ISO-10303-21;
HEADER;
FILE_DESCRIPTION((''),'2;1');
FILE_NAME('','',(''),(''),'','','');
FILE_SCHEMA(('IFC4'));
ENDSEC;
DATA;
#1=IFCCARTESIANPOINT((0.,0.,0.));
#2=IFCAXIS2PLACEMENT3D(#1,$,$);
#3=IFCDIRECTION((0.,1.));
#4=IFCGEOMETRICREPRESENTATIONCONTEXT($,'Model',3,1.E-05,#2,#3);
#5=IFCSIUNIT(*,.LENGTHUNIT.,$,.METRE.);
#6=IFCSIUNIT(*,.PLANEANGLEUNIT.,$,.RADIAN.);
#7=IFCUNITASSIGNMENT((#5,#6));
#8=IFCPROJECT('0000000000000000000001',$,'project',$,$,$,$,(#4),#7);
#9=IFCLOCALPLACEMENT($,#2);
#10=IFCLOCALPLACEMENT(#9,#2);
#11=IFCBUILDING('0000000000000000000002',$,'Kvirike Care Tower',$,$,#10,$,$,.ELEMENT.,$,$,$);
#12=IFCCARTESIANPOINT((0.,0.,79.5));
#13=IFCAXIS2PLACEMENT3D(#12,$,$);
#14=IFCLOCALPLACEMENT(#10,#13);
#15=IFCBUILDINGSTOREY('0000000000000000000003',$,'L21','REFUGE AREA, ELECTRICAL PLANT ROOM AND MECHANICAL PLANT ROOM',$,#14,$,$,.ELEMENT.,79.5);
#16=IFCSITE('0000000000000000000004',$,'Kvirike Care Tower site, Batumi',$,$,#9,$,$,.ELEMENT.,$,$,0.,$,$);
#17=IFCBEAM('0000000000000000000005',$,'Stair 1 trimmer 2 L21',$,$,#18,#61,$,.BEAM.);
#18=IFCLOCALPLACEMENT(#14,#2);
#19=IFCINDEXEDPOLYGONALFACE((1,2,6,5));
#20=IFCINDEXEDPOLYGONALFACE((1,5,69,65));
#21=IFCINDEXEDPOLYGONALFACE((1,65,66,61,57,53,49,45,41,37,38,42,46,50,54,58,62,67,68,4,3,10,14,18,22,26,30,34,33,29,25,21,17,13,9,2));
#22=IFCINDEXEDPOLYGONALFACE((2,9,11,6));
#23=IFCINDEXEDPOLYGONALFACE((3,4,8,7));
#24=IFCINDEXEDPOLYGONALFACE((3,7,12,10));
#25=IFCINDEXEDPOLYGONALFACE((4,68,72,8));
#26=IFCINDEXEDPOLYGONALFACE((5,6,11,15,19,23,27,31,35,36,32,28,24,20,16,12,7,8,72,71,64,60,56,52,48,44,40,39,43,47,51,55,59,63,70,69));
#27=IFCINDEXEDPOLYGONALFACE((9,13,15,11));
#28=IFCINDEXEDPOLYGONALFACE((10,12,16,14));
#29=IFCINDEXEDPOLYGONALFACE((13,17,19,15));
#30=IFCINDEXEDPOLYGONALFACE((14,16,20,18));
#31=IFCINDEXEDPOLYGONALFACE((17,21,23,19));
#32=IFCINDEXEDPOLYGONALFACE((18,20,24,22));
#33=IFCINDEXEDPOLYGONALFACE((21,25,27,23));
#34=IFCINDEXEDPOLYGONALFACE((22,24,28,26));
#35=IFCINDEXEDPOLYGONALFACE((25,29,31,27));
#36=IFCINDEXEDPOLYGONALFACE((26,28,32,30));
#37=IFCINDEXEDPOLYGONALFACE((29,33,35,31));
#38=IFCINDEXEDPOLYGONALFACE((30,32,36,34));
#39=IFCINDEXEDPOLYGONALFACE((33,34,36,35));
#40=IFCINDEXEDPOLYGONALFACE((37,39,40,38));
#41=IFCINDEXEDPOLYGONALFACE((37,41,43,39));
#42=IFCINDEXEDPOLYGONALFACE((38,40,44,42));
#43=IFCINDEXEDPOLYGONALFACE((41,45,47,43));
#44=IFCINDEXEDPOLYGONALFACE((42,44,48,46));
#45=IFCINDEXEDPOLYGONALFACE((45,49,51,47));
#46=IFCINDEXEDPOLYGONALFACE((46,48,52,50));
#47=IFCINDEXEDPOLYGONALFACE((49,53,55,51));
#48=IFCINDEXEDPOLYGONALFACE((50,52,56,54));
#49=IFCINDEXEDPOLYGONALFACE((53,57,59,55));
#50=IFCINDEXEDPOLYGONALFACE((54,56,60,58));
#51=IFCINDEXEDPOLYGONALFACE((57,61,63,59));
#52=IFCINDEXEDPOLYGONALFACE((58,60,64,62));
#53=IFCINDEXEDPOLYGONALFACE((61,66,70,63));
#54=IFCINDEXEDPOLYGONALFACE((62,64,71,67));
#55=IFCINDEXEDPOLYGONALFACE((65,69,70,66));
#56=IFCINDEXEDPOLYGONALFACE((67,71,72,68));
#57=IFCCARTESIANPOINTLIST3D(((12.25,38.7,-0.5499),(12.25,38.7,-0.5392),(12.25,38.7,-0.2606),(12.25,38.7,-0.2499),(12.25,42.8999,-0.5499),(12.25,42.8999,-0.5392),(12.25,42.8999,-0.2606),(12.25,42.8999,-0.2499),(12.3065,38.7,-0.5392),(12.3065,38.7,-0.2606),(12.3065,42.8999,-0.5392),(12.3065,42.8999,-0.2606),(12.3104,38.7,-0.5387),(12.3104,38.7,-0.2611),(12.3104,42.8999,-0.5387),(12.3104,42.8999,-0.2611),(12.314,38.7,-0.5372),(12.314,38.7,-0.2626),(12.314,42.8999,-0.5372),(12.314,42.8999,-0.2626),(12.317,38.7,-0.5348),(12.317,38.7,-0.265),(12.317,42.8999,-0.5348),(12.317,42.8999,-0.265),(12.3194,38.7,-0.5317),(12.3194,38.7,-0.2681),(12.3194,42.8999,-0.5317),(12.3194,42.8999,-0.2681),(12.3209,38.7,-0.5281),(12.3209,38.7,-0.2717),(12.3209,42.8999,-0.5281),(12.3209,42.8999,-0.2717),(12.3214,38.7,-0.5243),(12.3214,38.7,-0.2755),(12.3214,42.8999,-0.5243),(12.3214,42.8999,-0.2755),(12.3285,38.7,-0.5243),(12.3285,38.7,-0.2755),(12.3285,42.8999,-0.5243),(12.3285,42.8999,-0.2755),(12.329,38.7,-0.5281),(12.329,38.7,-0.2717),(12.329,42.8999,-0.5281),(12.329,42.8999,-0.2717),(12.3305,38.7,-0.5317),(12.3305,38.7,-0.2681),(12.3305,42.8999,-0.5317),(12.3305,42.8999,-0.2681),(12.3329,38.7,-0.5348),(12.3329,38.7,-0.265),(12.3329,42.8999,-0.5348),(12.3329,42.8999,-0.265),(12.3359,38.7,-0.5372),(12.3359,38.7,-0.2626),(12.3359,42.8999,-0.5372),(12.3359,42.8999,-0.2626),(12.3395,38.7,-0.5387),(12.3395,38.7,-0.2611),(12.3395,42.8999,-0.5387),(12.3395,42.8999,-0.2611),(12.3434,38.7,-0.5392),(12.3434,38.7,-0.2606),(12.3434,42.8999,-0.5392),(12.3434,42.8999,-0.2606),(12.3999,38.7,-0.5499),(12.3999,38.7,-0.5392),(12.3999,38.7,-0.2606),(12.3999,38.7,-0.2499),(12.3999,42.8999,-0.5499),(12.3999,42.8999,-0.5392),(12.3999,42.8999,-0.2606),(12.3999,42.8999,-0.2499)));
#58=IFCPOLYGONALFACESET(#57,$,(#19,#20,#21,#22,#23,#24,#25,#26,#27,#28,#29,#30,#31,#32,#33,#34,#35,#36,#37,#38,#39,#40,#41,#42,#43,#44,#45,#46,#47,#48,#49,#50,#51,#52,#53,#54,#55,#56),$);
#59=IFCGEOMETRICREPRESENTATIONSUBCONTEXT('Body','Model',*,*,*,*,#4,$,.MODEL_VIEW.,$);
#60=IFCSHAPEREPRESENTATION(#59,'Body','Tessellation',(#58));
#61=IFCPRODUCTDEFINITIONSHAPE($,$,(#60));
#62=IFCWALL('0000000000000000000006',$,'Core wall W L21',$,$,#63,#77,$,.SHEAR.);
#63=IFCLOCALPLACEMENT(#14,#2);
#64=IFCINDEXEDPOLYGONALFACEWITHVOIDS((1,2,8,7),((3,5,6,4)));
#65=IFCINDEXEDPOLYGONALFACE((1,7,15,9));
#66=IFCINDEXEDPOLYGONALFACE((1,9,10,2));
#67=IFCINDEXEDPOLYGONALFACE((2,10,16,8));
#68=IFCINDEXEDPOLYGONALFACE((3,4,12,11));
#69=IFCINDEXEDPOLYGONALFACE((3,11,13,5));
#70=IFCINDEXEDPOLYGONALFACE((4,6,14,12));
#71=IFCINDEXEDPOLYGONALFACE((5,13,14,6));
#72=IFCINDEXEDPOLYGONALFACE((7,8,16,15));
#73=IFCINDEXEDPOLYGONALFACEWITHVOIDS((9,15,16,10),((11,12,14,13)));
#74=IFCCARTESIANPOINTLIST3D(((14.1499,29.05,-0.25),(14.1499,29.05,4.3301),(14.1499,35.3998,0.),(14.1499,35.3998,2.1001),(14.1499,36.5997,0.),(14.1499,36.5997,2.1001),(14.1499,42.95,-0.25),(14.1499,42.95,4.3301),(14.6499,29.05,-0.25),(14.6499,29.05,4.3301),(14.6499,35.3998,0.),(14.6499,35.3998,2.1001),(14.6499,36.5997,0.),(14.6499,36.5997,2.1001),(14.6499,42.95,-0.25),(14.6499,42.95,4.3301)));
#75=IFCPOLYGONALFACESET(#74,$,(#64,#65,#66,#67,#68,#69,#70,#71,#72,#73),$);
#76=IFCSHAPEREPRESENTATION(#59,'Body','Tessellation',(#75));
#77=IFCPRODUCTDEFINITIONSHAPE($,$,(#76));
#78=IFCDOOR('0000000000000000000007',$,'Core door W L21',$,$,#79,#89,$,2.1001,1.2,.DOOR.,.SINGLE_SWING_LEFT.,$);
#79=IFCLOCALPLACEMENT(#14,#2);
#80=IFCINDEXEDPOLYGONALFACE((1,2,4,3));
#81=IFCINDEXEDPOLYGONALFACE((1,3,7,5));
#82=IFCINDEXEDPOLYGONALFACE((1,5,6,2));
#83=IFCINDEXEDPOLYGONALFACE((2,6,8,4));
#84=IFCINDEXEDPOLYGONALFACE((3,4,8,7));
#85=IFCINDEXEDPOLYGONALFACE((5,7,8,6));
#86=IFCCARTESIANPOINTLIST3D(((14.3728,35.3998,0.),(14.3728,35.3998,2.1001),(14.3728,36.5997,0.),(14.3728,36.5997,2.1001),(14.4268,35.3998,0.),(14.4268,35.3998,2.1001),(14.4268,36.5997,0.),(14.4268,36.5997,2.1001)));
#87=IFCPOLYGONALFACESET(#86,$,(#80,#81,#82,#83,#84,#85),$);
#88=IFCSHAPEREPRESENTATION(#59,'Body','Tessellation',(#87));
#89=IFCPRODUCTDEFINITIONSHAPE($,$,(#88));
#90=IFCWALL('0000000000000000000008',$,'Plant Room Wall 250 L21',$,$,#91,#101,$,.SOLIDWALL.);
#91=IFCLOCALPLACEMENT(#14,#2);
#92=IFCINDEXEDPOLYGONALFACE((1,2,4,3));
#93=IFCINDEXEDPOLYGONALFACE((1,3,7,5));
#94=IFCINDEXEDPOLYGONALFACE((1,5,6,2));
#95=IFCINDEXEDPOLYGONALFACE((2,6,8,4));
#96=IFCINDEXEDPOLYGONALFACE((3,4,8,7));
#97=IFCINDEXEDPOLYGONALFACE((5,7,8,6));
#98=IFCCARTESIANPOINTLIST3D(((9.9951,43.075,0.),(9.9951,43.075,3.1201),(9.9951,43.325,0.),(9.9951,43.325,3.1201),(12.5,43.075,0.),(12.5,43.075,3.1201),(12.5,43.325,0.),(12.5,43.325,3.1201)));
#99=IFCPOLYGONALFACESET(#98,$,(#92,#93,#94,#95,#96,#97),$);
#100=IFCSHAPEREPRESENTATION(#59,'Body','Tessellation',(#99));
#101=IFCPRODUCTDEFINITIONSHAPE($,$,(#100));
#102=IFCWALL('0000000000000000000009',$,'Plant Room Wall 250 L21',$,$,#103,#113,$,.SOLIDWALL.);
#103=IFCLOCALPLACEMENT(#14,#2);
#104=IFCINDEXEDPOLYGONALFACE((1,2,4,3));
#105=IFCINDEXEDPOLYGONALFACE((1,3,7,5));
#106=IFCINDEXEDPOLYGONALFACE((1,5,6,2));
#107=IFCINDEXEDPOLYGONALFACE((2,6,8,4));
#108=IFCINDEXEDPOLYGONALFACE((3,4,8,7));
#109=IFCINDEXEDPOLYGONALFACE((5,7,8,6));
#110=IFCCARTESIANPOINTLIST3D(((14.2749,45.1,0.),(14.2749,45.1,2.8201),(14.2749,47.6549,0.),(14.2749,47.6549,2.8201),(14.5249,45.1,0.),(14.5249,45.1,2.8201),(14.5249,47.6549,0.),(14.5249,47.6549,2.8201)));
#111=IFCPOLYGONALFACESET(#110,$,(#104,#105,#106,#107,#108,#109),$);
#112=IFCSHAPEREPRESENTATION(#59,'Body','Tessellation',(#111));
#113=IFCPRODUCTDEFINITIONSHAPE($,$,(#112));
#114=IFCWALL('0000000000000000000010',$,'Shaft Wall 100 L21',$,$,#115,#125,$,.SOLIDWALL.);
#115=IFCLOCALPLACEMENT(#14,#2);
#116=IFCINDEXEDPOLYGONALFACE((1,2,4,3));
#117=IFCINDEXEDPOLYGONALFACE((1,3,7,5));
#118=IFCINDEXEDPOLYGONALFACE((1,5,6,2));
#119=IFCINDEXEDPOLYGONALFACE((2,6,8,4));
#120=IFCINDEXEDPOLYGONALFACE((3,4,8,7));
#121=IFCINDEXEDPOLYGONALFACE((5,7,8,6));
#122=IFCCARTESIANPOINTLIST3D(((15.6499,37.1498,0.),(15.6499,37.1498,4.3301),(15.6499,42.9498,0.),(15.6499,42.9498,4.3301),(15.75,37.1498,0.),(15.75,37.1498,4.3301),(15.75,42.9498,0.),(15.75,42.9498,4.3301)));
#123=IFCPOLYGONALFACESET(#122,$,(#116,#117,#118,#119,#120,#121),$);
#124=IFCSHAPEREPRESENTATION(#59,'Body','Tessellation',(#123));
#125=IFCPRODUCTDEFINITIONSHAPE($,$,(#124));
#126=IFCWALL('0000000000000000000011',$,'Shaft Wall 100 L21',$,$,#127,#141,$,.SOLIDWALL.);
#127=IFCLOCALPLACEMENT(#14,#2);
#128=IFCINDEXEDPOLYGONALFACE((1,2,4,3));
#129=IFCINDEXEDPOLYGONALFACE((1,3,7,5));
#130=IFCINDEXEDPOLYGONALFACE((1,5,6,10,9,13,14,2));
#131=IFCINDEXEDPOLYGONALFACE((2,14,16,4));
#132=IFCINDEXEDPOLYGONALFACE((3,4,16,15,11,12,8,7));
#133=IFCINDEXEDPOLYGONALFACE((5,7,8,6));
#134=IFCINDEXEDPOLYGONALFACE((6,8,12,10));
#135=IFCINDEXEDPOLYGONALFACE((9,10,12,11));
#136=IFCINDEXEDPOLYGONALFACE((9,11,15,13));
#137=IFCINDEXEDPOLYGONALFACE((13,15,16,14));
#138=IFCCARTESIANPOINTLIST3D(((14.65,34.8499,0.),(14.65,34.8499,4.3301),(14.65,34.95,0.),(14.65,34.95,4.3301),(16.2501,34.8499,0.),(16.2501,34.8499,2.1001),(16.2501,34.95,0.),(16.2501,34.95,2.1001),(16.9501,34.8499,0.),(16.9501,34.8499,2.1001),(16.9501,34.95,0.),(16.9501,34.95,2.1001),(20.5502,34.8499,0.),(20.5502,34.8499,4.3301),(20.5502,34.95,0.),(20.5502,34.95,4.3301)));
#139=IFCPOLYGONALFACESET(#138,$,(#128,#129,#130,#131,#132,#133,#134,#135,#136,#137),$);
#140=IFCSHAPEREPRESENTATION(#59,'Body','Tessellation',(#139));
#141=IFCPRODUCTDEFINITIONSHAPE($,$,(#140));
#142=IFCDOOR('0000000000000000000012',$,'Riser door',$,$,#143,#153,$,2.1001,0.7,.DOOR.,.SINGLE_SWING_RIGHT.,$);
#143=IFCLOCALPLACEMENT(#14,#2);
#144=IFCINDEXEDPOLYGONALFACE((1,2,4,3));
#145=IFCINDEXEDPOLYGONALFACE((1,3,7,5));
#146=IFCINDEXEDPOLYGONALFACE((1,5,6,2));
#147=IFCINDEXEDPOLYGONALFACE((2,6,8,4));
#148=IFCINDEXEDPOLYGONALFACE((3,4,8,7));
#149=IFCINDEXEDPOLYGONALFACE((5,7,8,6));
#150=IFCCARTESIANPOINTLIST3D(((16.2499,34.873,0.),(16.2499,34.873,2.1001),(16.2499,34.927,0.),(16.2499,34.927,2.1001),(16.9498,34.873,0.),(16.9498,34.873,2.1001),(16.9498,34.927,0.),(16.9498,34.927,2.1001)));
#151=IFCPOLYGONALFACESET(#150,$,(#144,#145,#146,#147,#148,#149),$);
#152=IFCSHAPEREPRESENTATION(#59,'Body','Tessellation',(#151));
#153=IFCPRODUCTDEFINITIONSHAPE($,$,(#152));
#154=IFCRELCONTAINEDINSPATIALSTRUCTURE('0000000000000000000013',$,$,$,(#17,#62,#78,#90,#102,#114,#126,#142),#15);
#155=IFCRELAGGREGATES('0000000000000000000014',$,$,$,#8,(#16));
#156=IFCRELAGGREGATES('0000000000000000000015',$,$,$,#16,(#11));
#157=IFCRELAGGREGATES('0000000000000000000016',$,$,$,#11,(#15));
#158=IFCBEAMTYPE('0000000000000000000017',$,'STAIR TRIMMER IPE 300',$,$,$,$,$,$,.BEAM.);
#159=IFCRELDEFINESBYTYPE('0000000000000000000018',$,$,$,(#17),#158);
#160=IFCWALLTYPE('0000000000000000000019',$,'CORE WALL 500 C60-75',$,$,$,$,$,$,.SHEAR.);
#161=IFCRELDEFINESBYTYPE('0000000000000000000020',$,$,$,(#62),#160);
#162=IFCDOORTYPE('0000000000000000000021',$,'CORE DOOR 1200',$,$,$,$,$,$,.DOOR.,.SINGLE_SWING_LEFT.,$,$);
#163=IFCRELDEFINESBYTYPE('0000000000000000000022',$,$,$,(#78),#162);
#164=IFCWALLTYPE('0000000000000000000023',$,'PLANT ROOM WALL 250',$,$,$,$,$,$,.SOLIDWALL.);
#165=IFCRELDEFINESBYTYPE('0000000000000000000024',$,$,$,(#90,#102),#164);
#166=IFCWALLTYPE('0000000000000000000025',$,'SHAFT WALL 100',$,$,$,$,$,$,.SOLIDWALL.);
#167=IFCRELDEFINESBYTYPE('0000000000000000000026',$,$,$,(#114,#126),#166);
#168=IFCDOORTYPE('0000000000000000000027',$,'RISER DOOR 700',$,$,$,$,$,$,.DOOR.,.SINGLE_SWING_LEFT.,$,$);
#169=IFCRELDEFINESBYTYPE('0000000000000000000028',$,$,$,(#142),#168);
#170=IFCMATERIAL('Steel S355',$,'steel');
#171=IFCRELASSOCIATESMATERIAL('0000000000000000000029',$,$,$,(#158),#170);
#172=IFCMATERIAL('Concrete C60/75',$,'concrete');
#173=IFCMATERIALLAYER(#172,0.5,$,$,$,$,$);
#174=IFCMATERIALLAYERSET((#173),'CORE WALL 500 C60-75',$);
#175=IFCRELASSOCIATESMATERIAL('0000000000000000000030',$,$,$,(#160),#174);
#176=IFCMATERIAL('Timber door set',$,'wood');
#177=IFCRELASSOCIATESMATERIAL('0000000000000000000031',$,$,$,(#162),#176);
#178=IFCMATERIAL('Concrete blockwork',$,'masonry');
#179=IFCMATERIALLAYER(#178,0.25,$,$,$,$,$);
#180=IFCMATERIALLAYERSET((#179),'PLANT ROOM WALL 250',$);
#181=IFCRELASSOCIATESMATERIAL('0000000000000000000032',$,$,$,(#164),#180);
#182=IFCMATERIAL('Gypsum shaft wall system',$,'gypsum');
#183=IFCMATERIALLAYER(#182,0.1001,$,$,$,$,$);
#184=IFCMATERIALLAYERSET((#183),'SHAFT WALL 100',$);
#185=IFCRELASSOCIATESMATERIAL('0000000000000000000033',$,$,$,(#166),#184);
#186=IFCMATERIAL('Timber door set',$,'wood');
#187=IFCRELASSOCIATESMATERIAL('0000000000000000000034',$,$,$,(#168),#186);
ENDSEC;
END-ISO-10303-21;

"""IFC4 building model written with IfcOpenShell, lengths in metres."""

from ifc_helpers import new_model, si_unit, direction, frame, frame_2d, origin, origin_2d, place, context, subcontext, project, spatial, rectangle, i_section, extrude, material, layer, layer_set, material_profile, profile_set, type_object, element, fill, save


model = new_model("IFC4")

# Units and contexts
model_context = context("Model", 3, precision=1e-05, world=origin(), true_north=direction((0.0, 1.0)))
body_context = subcontext(model_context, "Body", "Model", "MODEL_VIEW")
ifc_project = project(units=[si_unit("LENGTHUNIT", "METRE"), si_unit("PLANEANGLEUNIT", "RADIAN")], contexts=[model_context])

# Site, building, storey
site_placement = place(None, origin())
site = spatial("IfcSite", under=ifc_project, at=site_placement, Name="Kvirike Care Tower site, Batumi", CompositionType="ELEMENT", RefElevation=0.0)
building_placement = place(site_placement, origin())
building = spatial("IfcBuilding", under=site, at=building_placement, Name="Kvirike Care Tower", CompositionType="ELEMENT")
storey_placement = place(building_placement, frame((0.0, 0.0, 79.5)))
storey = spatial("IfcBuildingStorey", under=building, at=storey_placement, Name="L21", Description="REFUGE AREA, ELECTRICAL PLANT ROOM AND MECHANICAL PLANT ROOM", CompositionType="ELEMENT", Elevation=79.5)

# Beam
ifc_material_1 = material(Name="Steel S355", Category="steel")
ifc_material_profile_1 = material_profile(ifc_material_1, i_section(OverallWidth=0.1499, OverallDepth=0.3, WebThickness=0.0071, FlangeThickness=0.0107, FilletRadius=0.0149, at=origin_2d()), Name="IPE 300")
ifc_profile_set_1 = profile_set([ifc_material_profile_1], Name="Steel S355")
beam_type_1 = type_object("IfcBeamType", Name="STAIR TRIMMER IPE 300", PredefinedType="BEAM", material=ifc_profile_set_1)
for number, where, z_axis, x_axis, name in (
    (1, (12.325, 42.8999, -0.3999), (0.0, -1.0, 0.0), (1.0, 0.0, 0.0), "Stair 1 trimmer 2 L21"),
):
    element("IfcBeam", number, at=place(storey_placement, frame(where, z_axis=z_axis, x_axis=x_axis)), inside=storey, type_object=beam_type_1, Name=name, PredefinedType="BEAM", context=body_context, shape_type="SweptSolid", body=[
        extrude(i_section(OverallWidth=0.1499, OverallDepth=0.3, WebThickness=0.0071, FlangeThickness=0.0107, FilletRadius=0.0149, at=origin_2d()), origin(), (0.0, 0.0, 1.0), 4.2),
    ])

# Wall, opening, door
ifc_material_2 = material(Name="Concrete C60/75", Category="concrete")
ifc_layer_1 = layer(ifc_material_2, 0.5)
ifc_layer_set_1 = layer_set([ifc_layer_1], Name="CORE WALL 500 C60-75")
wall_type_1 = type_object("IfcWallType", Name="CORE WALL 500 C60-75", PredefinedType="SHEAR", material=ifc_layer_set_1)
wall_1_placement = place(storey_placement, frame((14.3999, 42.95, -0.25), z_axis=(0.0, 0.0, 1.0), x_axis=(0.0, -1.0, 0.0)))
wall_1 = element("IfcWall", 2, at=wall_1_placement, inside=storey, type_object=wall_type_1, Name="Core wall W L21", PredefinedType="SHEAR", context=body_context, shape_type="SweptSolid", body=[
    extrude(rectangle(XDim=13.8999, YDim=0.5, at=frame_2d((6.95, 0.0))), origin(), (0.0, 0.0, 1.0), 4.5801),
])
opening_1_placement = place(wall_1_placement, frame((6.3501, 0.0, 0.25)))
opening_1 = element("IfcOpeningElement", 3, at=opening_1_placement, cuts=wall_1, PredefinedType="OPENING", context=body_context, shape_type="SweptSolid", body=[
    extrude(rectangle(XDim=1.2, YDim=2.1001, at=frame_2d((0.6001, 1.05))), frame((0.0, 0.2605, 0.0), z_axis=(0.0, -1.0, 0.0), x_axis=(1.0, 0.0, 0.0)), (0.0, 0.0, 1.0), 0.521),
])
ifc_material_3 = material(Name="Timber door set", Category="wood")
door_type_1 = type_object("IfcDoorType", Name="CORE DOOR 1200", OperationType="SINGLE_SWING_LEFT", PredefinedType="DOOR", material=ifc_material_3)
door_1_placement = place(opening_1_placement, origin())
door_1 = element("IfcDoor", 4, at=door_1_placement, inside=storey, type_object=door_type_1, Name="Core door W L21", OperationType="SINGLE_SWING_LEFT", OverallHeight=2.1001, OverallWidth=1.2, PredefinedType="DOOR", context=body_context, shape_type="SweptSolid", body=[
    extrude(rectangle(XDim=1.2, YDim=2.1001, at=frame_2d((0.6001, 1.05))), frame((0.0, 0.0269, 0.0), z_axis=(0.0, -1.0, 0.0), x_axis=(1.0, 0.0, 0.0)), (0.0, 0.0, 1.0), 0.054),
])
fill(opening_1, door_1)
ifc_material_4 = material(Name="Concrete blockwork", Category="masonry")
ifc_layer_2 = layer(ifc_material_4, 0.25)
ifc_layer_set_2 = layer_set([ifc_layer_2], Name="PLANT ROOM WALL 250")
wall_type_2 = type_object("IfcWallType", Name="PLANT ROOM WALL 250", PredefinedType="SOLIDWALL", material=ifc_layer_set_2)

# Walls
wall_2_placement = place(storey_placement, frame((12.5, 43.2, 0.0), z_axis=(0.0, 0.0, 1.0), x_axis=(-1.0, 0.0, 0.0)))
element("IfcWall", 5, at=wall_2_placement, inside=storey, type_object=wall_type_2, Name="Plant Room Wall 250 L21", PredefinedType="SOLIDWALL", context=body_context, shape_type="SweptSolid", body=[
    extrude(rectangle(XDim=2.5049, YDim=0.25, at=frame_2d((1.2524, 0.0))), origin(), (0.0, 0.0, 1.0), 3.1201),
])
wall_3_placement = place(storey_placement, frame((14.3999, 45.1001, 0.0), z_axis=(0.0, 0.0, 1.0), x_axis=(0.0, 1.0, 0.0)))
element("IfcWall", 6, at=wall_3_placement, inside=storey, type_object=wall_type_2, Name="Plant Room Wall 250 L21", PredefinedType="SOLIDWALL", context=body_context, shape_type="SweptSolid", body=[
    extrude(rectangle(XDim=2.5549, YDim=0.25, at=frame_2d((1.2773, 0.0))), origin(), (0.0, 0.0, 1.0), 2.8201),
])
ifc_material_5 = material(Name="Gypsum shaft wall system", Category="gypsum")
ifc_layer_3 = layer(ifc_material_5, 0.1001)
ifc_layer_set_3 = layer_set([ifc_layer_3], Name="SHAFT WALL 100")
wall_type_3 = type_object("IfcWallType", Name="SHAFT WALL 100", PredefinedType="SOLIDWALL", material=ifc_layer_set_3)
wall_4_placement = place(storey_placement, frame((15.7, 37.1499, 0.0), z_axis=(0.0, 0.0, 1.0), x_axis=(0.0, 1.0, 0.0)))
element("IfcWall", 7, at=wall_4_placement, inside=storey, type_object=wall_type_3, Name="Shaft Wall 100 L21", PredefinedType="SOLIDWALL", context=body_context, shape_type="SweptSolid", body=[
    extrude(rectangle(XDim=5.8, YDim=0.1001, at=frame_2d((2.8999, 0.0))), origin(), (0.0, 0.0, 1.0), 4.3301),
])

# Wall, opening, door
wall_5_placement = place(storey_placement, frame((14.6499, 34.8999, 0.0), z_axis=(0.0, 0.0, 1.0), x_axis=(1.0, 0.0, 0.0)))
wall_5 = element("IfcWall", 8, at=wall_5_placement, inside=storey, type_object=wall_type_3, Name="Shaft Wall 100 L21", PredefinedType="SOLIDWALL", context=body_context, shape_type="SweptSolid", body=[
    extrude(rectangle(XDim=5.9001, YDim=0.1001, at=frame_2d((2.9502, 0.0))), origin(), (0.0, 0.0, 1.0), 4.3301),
])
opening_2_placement = place(wall_5_placement, frame((1.6001, 0.0, 0.0)))
opening_2 = element("IfcOpeningElement", 9, at=opening_2_placement, cuts=wall_5, PredefinedType="OPENING", context=body_context, shape_type="SweptSolid", body=[
    extrude(rectangle(XDim=0.7, YDim=2.1001, at=frame_2d((0.3501, 1.05))), frame((0.0, 0.0605, 0.0), z_axis=(0.0, -1.0, 0.0), x_axis=(1.0, 0.0, 0.0)), (0.0, 0.0, 1.0), 0.1211),
])
ifc_material_6 = material(Name="Timber door set", Category="wood")
door_type_2 = type_object("IfcDoorType", Name="RISER DOOR 700", OperationType="SINGLE_SWING_LEFT", PredefinedType="DOOR", material=ifc_material_6)
door_2_placement = place(opening_2_placement, frame((0.7, 0.0, 0.0), z_axis=(0.0, 0.0, 1.0), x_axis=(-1.0, 0.0, 0.0)))
door_2 = element("IfcDoor", 10, at=door_2_placement, inside=storey, type_object=door_type_2, Name="Riser door", OperationType="SINGLE_SWING_RIGHT", OverallHeight=2.1001, OverallWidth=0.7, PredefinedType="DOOR", context=body_context, shape_type="SweptSolid", body=[
    extrude(rectangle(XDim=0.7, YDim=2.1001, at=frame_2d((0.3501, 1.05))), frame((0.0, 0.0269, 0.0), z_axis=(0.0, -1.0, 0.0), x_axis=(1.0, 0.0, 0.0)), (0.0, 0.0, 1.0), 0.054),
])
fill(opening_2, door_2)

save(model, "model.ifc")
